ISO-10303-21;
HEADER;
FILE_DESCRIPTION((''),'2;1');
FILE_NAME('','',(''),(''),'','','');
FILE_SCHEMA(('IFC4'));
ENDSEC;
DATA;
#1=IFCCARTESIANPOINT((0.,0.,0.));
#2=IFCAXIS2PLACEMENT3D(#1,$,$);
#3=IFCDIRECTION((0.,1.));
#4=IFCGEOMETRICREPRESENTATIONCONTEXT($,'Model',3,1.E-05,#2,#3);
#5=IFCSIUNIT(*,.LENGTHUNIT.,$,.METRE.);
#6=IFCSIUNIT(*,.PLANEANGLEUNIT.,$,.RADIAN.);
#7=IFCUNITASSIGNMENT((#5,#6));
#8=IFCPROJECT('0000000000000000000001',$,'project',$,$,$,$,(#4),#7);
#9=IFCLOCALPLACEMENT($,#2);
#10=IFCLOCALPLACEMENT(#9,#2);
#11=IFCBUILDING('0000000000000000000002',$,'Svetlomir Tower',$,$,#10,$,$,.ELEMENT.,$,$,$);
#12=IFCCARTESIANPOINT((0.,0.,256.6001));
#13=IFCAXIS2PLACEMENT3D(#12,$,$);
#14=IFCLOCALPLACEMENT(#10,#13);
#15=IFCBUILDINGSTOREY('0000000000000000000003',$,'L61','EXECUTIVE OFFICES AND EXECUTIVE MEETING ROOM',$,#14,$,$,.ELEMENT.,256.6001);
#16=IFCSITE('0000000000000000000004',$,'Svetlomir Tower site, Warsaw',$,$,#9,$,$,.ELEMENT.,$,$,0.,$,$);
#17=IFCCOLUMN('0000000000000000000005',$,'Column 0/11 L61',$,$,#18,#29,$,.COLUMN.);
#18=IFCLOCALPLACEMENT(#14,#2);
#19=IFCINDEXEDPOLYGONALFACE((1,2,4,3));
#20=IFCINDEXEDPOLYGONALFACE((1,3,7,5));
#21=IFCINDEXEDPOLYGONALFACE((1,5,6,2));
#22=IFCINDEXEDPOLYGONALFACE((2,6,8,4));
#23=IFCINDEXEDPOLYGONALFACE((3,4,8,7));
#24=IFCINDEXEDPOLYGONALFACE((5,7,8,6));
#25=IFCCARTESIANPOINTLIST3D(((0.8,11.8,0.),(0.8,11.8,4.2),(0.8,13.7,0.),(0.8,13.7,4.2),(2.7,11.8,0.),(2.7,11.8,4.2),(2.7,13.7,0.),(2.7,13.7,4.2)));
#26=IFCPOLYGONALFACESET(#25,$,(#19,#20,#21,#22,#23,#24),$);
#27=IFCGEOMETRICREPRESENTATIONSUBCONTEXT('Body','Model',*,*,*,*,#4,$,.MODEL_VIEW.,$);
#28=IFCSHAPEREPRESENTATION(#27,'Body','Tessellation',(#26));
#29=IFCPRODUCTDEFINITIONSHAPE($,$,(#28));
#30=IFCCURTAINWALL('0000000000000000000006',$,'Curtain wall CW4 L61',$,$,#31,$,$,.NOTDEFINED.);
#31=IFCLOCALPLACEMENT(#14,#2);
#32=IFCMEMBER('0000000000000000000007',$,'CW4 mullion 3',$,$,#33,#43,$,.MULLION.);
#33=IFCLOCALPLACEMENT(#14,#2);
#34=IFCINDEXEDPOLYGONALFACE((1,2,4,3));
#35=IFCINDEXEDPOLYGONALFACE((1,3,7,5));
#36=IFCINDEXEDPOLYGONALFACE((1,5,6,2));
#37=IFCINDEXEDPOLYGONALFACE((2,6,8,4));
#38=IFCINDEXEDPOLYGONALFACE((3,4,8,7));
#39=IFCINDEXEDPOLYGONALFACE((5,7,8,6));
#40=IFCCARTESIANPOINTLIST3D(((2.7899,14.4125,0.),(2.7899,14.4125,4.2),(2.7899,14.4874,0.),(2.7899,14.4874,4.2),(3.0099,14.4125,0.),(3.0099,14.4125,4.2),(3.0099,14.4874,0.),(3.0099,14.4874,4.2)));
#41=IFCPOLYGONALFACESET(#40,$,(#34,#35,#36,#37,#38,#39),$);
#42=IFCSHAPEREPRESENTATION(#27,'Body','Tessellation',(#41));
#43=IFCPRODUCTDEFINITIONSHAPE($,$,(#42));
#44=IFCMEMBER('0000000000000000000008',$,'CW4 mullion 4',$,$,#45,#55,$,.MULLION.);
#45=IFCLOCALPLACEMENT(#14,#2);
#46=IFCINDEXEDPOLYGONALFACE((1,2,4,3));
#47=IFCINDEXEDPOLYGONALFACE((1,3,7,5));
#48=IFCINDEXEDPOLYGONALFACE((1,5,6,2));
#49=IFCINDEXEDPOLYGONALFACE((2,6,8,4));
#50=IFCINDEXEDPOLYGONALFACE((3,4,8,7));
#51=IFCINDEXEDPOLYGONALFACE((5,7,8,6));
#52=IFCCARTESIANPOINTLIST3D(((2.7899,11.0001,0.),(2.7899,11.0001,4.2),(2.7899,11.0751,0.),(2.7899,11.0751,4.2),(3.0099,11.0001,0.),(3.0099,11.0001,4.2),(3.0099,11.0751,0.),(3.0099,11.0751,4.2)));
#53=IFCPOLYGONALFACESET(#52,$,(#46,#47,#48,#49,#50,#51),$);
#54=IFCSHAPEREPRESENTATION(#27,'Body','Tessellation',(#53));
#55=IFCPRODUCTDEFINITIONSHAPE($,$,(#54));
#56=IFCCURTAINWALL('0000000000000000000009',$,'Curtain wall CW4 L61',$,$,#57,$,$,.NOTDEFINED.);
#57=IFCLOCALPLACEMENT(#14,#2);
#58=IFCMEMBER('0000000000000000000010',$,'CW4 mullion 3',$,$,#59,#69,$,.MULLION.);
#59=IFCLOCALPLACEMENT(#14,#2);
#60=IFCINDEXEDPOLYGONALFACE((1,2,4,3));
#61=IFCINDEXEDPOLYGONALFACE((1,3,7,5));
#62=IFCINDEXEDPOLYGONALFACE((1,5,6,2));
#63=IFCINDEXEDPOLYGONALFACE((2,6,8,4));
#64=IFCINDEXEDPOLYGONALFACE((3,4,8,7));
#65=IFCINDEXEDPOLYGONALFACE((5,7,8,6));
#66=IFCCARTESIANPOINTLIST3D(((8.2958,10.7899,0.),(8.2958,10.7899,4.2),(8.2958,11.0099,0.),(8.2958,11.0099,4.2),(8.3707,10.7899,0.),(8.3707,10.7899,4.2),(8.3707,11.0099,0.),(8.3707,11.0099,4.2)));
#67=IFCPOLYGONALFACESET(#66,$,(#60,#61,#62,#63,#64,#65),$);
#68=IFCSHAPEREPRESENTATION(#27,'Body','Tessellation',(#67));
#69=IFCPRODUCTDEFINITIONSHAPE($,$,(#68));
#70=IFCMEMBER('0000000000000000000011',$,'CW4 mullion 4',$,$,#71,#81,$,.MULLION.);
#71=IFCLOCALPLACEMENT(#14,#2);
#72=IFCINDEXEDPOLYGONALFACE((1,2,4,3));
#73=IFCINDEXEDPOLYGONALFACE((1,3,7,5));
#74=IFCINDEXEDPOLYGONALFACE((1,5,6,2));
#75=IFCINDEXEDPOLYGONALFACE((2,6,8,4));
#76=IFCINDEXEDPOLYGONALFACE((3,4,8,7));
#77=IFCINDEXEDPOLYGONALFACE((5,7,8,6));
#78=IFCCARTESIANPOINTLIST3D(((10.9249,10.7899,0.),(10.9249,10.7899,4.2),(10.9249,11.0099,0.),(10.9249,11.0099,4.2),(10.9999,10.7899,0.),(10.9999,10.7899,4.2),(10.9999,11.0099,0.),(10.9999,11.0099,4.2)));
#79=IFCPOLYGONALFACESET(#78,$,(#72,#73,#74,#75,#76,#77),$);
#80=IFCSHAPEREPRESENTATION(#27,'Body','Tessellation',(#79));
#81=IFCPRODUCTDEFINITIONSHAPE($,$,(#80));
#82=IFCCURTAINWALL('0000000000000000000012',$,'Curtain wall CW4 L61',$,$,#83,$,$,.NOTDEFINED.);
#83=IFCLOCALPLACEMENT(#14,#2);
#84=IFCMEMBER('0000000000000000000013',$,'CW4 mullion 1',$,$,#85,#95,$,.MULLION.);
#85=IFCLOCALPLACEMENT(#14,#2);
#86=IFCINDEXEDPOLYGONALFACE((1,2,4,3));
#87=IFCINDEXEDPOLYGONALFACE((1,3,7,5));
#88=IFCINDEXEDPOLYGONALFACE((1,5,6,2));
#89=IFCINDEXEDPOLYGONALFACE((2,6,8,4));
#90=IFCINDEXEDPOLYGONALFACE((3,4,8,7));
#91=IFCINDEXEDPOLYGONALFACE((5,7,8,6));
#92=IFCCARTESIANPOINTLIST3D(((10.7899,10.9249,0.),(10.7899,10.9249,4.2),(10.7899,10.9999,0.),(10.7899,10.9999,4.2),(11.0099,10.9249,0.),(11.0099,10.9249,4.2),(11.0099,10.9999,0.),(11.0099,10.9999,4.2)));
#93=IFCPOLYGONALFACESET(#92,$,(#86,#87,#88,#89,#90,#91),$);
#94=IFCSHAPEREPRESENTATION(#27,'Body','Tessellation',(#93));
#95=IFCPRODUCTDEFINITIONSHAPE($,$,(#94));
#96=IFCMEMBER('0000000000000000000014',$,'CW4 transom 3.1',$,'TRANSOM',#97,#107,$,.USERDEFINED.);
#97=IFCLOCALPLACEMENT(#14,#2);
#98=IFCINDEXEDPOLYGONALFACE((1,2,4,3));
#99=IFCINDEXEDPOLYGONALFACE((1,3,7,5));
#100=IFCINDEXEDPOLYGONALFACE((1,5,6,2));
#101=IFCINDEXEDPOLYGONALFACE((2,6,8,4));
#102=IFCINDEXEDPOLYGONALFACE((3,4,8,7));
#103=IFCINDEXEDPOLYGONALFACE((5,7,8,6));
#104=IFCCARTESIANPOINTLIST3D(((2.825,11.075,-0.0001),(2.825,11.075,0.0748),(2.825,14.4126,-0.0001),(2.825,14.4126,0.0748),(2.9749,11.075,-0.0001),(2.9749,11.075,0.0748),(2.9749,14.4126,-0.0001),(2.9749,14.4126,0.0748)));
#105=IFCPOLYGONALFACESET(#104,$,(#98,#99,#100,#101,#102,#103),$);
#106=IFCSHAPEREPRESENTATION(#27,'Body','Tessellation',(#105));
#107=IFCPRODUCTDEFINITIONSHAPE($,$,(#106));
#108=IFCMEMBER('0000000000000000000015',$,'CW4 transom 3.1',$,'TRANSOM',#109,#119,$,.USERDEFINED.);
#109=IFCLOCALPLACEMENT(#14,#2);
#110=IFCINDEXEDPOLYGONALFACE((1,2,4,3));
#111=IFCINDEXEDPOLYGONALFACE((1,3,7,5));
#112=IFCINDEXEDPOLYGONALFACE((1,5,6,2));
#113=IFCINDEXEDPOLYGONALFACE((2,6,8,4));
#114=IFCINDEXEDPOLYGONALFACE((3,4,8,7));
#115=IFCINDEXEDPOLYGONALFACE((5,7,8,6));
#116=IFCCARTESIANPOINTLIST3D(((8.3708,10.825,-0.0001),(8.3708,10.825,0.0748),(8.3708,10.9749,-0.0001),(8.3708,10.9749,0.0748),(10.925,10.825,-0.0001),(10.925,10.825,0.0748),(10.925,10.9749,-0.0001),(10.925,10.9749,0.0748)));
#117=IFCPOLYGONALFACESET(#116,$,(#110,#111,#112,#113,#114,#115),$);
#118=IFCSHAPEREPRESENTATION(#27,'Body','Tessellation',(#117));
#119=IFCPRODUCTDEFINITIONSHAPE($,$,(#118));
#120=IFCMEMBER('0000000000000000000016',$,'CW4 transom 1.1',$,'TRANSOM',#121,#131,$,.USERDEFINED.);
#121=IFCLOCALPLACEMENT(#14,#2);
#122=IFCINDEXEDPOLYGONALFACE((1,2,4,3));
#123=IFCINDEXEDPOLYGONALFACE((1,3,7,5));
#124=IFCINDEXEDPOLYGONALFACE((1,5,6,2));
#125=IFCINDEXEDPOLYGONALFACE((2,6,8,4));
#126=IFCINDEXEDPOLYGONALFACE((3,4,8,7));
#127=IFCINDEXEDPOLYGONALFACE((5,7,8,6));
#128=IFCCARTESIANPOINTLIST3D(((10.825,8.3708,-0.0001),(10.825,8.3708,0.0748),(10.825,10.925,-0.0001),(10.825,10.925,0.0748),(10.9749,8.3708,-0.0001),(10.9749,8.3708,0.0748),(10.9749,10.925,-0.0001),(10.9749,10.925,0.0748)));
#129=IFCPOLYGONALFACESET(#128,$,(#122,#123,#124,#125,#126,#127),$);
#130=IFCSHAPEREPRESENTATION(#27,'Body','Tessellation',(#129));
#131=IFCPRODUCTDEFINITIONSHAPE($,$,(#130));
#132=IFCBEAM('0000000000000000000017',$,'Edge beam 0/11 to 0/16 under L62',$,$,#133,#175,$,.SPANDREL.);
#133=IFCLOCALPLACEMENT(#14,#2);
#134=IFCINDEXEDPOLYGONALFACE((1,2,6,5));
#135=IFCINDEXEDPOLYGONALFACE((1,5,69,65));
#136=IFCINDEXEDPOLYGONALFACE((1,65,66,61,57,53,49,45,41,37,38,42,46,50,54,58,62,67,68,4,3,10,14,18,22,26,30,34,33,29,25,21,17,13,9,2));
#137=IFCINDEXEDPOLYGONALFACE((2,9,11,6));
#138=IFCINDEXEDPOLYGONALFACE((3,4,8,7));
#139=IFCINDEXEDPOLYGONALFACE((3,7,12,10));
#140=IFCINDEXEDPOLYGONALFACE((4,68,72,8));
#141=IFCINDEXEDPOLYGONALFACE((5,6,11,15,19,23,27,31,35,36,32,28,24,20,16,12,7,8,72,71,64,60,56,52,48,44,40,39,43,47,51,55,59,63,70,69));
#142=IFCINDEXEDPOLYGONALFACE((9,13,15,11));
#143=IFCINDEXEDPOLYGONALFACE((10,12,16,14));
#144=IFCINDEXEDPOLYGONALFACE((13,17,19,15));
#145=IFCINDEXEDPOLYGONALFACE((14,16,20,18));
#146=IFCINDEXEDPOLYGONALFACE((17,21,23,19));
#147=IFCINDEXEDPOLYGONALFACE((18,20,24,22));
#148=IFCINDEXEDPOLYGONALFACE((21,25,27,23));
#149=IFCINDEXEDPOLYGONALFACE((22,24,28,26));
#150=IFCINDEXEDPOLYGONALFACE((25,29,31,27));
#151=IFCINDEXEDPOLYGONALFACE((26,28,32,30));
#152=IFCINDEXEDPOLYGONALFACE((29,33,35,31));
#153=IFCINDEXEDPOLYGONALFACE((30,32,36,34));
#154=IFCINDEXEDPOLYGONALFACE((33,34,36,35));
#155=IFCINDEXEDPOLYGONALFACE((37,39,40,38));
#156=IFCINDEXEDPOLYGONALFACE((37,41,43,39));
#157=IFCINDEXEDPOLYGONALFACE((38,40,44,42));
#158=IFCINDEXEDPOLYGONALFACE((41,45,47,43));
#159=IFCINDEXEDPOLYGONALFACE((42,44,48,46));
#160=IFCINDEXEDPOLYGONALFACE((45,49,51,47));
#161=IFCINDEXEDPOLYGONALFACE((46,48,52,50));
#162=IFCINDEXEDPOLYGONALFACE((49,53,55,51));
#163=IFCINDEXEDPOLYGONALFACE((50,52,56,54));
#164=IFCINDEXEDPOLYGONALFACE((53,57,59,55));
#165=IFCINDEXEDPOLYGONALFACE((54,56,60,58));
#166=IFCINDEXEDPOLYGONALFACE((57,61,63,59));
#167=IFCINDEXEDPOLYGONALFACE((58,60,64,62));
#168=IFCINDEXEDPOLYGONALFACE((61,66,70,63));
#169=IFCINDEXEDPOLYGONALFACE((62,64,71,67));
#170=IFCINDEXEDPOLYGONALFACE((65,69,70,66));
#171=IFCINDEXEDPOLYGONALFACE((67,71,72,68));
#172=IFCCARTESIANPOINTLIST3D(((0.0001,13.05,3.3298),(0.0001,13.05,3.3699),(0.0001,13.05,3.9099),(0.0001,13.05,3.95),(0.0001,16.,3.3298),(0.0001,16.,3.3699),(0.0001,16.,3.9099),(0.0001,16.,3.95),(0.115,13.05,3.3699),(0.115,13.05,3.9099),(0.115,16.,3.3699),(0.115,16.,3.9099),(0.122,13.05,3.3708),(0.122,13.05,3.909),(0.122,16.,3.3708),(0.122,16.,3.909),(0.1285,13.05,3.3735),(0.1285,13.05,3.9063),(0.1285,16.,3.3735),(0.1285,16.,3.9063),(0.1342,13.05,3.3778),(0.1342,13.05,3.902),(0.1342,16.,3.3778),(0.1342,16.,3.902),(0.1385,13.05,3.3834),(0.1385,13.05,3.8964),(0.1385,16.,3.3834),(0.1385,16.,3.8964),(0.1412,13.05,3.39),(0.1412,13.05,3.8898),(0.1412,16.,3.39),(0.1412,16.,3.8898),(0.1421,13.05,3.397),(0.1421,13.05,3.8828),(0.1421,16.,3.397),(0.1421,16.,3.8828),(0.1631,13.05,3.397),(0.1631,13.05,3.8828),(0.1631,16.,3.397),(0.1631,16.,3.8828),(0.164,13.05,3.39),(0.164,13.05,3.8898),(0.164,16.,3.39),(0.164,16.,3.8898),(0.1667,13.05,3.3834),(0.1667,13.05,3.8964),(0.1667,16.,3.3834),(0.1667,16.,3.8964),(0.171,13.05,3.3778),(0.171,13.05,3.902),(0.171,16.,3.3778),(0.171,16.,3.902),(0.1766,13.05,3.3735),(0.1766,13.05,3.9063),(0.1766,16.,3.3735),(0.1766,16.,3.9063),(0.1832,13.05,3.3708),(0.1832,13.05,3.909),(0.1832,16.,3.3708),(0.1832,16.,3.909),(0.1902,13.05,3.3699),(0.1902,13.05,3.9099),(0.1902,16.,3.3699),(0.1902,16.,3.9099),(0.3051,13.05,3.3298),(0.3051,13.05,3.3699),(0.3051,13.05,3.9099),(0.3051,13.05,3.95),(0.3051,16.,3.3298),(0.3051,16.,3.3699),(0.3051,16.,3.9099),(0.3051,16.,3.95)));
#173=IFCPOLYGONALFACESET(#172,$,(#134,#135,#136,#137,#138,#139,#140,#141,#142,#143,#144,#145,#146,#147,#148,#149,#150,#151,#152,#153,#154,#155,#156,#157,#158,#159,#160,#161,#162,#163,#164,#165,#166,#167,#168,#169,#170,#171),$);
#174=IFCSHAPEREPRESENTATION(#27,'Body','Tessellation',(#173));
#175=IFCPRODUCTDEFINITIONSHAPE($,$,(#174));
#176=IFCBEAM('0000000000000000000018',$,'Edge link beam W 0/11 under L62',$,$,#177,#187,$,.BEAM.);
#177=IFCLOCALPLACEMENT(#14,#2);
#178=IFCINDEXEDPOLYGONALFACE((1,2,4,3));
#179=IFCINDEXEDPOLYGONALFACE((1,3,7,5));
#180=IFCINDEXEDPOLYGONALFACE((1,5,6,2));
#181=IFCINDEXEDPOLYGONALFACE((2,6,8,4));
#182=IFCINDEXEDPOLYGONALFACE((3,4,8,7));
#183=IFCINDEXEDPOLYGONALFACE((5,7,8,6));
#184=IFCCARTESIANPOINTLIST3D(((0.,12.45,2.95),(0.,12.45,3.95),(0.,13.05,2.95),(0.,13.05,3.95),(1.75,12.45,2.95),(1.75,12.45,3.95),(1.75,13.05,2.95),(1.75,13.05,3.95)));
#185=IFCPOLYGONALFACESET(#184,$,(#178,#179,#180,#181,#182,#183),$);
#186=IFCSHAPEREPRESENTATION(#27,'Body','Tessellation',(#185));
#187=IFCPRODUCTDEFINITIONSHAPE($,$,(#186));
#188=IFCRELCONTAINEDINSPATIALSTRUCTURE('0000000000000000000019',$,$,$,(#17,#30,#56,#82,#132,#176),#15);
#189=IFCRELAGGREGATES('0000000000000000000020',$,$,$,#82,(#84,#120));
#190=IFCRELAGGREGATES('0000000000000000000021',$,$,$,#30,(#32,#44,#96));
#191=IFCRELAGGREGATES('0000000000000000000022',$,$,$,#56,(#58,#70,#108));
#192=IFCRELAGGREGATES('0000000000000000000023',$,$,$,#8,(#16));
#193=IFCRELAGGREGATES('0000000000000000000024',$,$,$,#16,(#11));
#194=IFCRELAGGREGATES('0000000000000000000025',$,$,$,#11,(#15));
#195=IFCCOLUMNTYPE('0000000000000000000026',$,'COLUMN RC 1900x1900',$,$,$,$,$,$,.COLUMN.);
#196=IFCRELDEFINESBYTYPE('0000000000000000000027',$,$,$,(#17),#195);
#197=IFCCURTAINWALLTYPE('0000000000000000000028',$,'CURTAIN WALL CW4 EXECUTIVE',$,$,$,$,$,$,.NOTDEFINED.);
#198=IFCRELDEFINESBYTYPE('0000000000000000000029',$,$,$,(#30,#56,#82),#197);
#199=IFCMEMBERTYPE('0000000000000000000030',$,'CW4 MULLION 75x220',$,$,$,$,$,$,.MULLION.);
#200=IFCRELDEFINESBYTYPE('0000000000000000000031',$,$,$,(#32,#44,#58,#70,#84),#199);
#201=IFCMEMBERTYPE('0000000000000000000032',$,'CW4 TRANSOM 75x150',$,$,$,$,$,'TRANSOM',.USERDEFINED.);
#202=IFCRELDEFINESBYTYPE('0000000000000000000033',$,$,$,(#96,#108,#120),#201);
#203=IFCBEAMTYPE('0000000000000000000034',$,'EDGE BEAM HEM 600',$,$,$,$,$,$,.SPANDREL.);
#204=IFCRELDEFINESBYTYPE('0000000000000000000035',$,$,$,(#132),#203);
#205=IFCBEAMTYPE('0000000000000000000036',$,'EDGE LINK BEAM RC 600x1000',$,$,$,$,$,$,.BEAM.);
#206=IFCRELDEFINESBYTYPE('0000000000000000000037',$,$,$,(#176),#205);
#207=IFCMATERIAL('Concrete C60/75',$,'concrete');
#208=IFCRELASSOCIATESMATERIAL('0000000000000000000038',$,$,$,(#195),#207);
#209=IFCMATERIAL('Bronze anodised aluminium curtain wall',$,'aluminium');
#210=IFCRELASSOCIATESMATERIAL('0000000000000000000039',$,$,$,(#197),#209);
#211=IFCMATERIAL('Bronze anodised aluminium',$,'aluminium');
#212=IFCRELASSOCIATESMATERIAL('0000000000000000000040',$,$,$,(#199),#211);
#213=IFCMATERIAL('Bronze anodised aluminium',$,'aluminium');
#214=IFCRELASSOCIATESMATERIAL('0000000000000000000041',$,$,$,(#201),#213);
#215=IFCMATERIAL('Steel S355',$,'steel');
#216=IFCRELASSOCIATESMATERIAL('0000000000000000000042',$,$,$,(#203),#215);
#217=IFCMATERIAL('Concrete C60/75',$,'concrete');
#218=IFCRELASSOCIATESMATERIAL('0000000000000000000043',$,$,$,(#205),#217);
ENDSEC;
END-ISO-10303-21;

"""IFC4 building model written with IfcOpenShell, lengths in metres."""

from ifc_helpers import new_model, si_unit, direction, frame, origin, origin_2d, place, context, subcontext, project, spatial, rectangle, i_section, extrude, material, material_profile, profile_set, type_object, element, aggregate, save


model = new_model("IFC4")

# Units and contexts
model_context = context("Model", 3, precision=1e-05, world=origin(), true_north=direction((0.0, 1.0)))
body_context = subcontext(model_context, "Body", "Model", "MODEL_VIEW")
ifc_project = project(units=[si_unit("LENGTHUNIT", "METRE"), si_unit("PLANEANGLEUNIT", "RADIAN")], contexts=[model_context])

# Site, building, storey
site_placement = place(None, origin())
site = spatial("IfcSite", under=ifc_project, at=site_placement, Name="Svetlomir Tower site, Warsaw", CompositionType="ELEMENT", RefElevation=0.0)
building_placement = place(site_placement, origin())
building = spatial("IfcBuilding", under=site, at=building_placement, Name="Svetlomir Tower", CompositionType="ELEMENT")
storey_placement = place(building_placement, frame((0.0, 0.0, 256.6001)))
storey = spatial("IfcBuildingStorey", under=building, at=storey_placement, Name="L61", Description="EXECUTIVE OFFICES AND EXECUTIVE MEETING ROOM", CompositionType="ELEMENT", Elevation=256.6001)

# Column
ifc_material_1 = material(Name="Concrete C60/75", Category="concrete")
ifc_material_profile_1 = material_profile(ifc_material_1, rectangle(XDim=1.8999, YDim=1.8999, at=origin_2d()), Name="RC 1900x1900")
ifc_profile_set_1 = profile_set([ifc_material_profile_1], Name="Concrete C60/75")
column_type = type_object("IfcColumnType", Name="COLUMN RC 1900x1900", PredefinedType="COLUMN", material=ifc_profile_set_1)
column_placement = place(storey_placement, frame((1.75, 12.75, 0.0), z_axis=(0.0, 0.0, 1.0), x_axis=(1.0, 0.0, 0.0)))
element("IfcColumn", 1, at=column_placement, inside=storey, type_object=column_type, Name="Column 0/11 L61", PredefinedType="COLUMN", context=body_context, shape_type="SweptSolid", body=[
    extrude(rectangle(XDim=1.8999, YDim=1.8999, at=origin_2d()), origin(), (0.0, 0.0, 1.0), 4.2),
])

# Curtain walls, members
ifc_material_2 = material(Name="Bronze anodised aluminium curtain wall", Category="aluminium")
curtain_wall_type = type_object("IfcCurtainWallType", Name="CURTAIN WALL CW4 EXECUTIVE", PredefinedType="NOTDEFINED", material=ifc_material_2)
curtain_wall_1_placement = place(storey_placement, origin())
curtain_wall_1 = element("IfcCurtainWall", 2, at=curtain_wall_1_placement, inside=storey, type_object=curtain_wall_type, Name="Curtain wall CW4 L61", PredefinedType="NOTDEFINED")
ifc_material_3 = material(Name="Bronze anodised aluminium", Category="aluminium")
ifc_material_profile_2 = material_profile(ifc_material_3, rectangle(XDim=0.075, YDim=0.22, at=origin_2d()), Name="AL 75x220")
ifc_profile_set_2 = profile_set([ifc_material_profile_2], Name="Bronze anodised aluminium 6063-T6")
member_type_1 = type_object("IfcMemberType", Name="CW4 MULLION 75x220", PredefinedType="MULLION", material=ifc_profile_set_2)
member_1_placement = place(storey_placement, frame((2.8999, 14.45, 0.0), z_axis=(0.0, 0.0, 1.0), x_axis=(0.0, -1.0, 0.0)))
member_1 = element("IfcMember", 3, at=member_1_placement, type_object=member_type_1, Name="CW4 mullion 3", PredefinedType="MULLION", context=body_context, shape_type="SweptSolid", body=[
    extrude(rectangle(XDim=0.075, YDim=0.22, at=origin_2d()), origin(), (0.0, 0.0, 1.0), 4.2),
])
member_2_placement = place(storey_placement, frame((2.8999, 11.0376, 0.0), z_axis=(0.0, 0.0, 1.0), x_axis=(0.0, -1.0, 0.0)))
member_2 = element("IfcMember", 4, at=member_2_placement, type_object=member_type_1, Name="CW4 mullion 4", PredefinedType="MULLION", context=body_context, shape_type="SweptSolid", body=[
    extrude(rectangle(XDim=0.075, YDim=0.22, at=origin_2d()), origin(), (0.0, 0.0, 1.0), 4.2),
])
curtain_wall_2_placement = place(storey_placement, origin())
curtain_wall_2 = element("IfcCurtainWall", 5, at=curtain_wall_2_placement, inside=storey, type_object=curtain_wall_type, Name="Curtain wall CW4 L61", PredefinedType="NOTDEFINED")
member_3_placement = place(storey_placement, frame((8.3333, 10.8999, 0.0), z_axis=(0.0, 0.0, 1.0), x_axis=(1.0, 0.0, 0.0)))
member_3 = element("IfcMember", 6, at=member_3_placement, type_object=member_type_1, Name="CW4 mullion 3", PredefinedType="MULLION", context=body_context, shape_type="SweptSolid", body=[
    extrude(rectangle(XDim=0.075, YDim=0.22, at=origin_2d()), origin(), (0.0, 0.0, 1.0), 4.2),
])
member_4_placement = place(storey_placement, frame((10.9624, 10.8999, 0.0), z_axis=(0.0, 0.0, 1.0), x_axis=(1.0, 0.0, 0.0)))
member_4 = element("IfcMember", 7, at=member_4_placement, type_object=member_type_1, Name="CW4 mullion 4", PredefinedType="MULLION", context=body_context, shape_type="SweptSolid", body=[
    extrude(rectangle(XDim=0.075, YDim=0.22, at=origin_2d()), origin(), (0.0, 0.0, 1.0), 4.2),
])

# Curtain wall, member
curtain_wall_3_placement = place(storey_placement, origin())
curtain_wall_3 = element("IfcCurtainWall", 8, at=curtain_wall_3_placement, inside=storey, type_object=curtain_wall_type, Name="Curtain wall CW4 L61", PredefinedType="NOTDEFINED")
member_5_placement = place(storey_placement, frame((10.8999, 10.9624, 0.0), z_axis=(0.0, 0.0, 1.0), x_axis=(0.0, -1.0, 0.0)))
member_5 = element("IfcMember", 9, at=member_5_placement, type_object=member_type_1, Name="CW4 mullion 1", PredefinedType="MULLION", context=body_context, shape_type="SweptSolid", body=[
    extrude(rectangle(XDim=0.075, YDim=0.22, at=origin_2d()), origin(), (0.0, 0.0, 1.0), 4.2),
])

# Members
ifc_material_4 = material(Name="Bronze anodised aluminium", Category="aluminium")
ifc_material_profile_3 = material_profile(ifc_material_4, rectangle(XDim=0.1499, YDim=0.075, at=origin_2d()), Name="AL 150x75")
ifc_profile_set_3 = profile_set([ifc_material_profile_3], Name="Bronze anodised aluminium 6063-T6")
member_type_2 = type_object("IfcMemberType", Name="CW4 TRANSOM 75x150", ElementType="TRANSOM", PredefinedType="USERDEFINED", material=ifc_profile_set_3)
member_6_placement = place(storey_placement, frame((2.8999, 14.4126, 0.0374), z_axis=(0.0, -1.0, 0.0), x_axis=(1.0, 0.0, 0.0)))
member_6 = element("IfcMember", 10, at=member_6_placement, type_object=member_type_2, Name="CW4 transom 3.1", ObjectType="TRANSOM", PredefinedType="USERDEFINED", context=body_context, shape_type="SweptSolid", body=[
    extrude(rectangle(XDim=0.1499, YDim=0.075, at=origin_2d()), origin(), (0.0, 0.0, 1.0), 3.3376),
])
member_7_placement = place(storey_placement, frame((8.3708, 10.8999, 0.0374), z_axis=(1.0, 0.0, 0.0), x_axis=(0.0, 1.0, 0.0)))
member_7 = element("IfcMember", 11, at=member_7_placement, type_object=member_type_2, Name="CW4 transom 3.1", ObjectType="TRANSOM", PredefinedType="USERDEFINED", context=body_context, shape_type="SweptSolid", body=[
    extrude(rectangle(XDim=0.1499, YDim=0.075, at=origin_2d()), origin(), (0.0, 0.0, 1.0), 2.5542),
])
member_8_placement = place(storey_placement, frame((10.8999, 10.925, 0.0374), z_axis=(0.0, -1.0, 0.0), x_axis=(1.0, 0.0, 0.0)))
member_8 = element("IfcMember", 12, at=member_8_placement, type_object=member_type_2, Name="CW4 transom 1.1", ObjectType="TRANSOM", PredefinedType="USERDEFINED", context=body_context, shape_type="SweptSolid", body=[
    extrude(rectangle(XDim=0.1499, YDim=0.075, at=origin_2d()), origin(), (0.0, 0.0, 1.0), 2.5542),
])
aggregate(curtain_wall_3, [member_5, member_8])

# Beams
ifc_material_5 = material(Name="Steel S355", Category="steel")
ifc_material_profile_4 = material_profile(ifc_material_5, i_section(OverallWidth=0.3049, OverallDepth=0.6201, WebThickness=0.021, FlangeThickness=0.04, FilletRadius=0.0271, at=origin_2d()), Name="HEM 600")
ifc_profile_set_4 = profile_set([ifc_material_profile_4], Name="Steel S355")
beam_type_1 = type_object("IfcBeamType", Name="EDGE BEAM HEM 600", PredefinedType="SPANDREL", material=ifc_profile_set_4)
beam_1_placement = place(storey_placement, frame((0.1526, 13.05, 3.6399), z_axis=(0.0, 1.0, 0.0), x_axis=(-1.0, 0.0, 0.0)))
element("IfcBeam", 13, at=beam_1_placement, inside=storey, type_object=beam_type_1, Name="Edge beam 0/11 to 0/16 under L62", PredefinedType="SPANDREL", context=body_context, shape_type="SweptSolid", body=[
    extrude(i_section(OverallWidth=0.3049, OverallDepth=0.6201, WebThickness=0.021, FlangeThickness=0.04, FilletRadius=0.0271, at=origin_2d()), origin(), (0.0, 0.0, 1.0), 2.95),
])
ifc_material_6 = material(Name="Concrete C60/75", Category="concrete")
ifc_material_profile_5 = material_profile(ifc_material_6, rectangle(XDim=0.6001, YDim=1.0, at=origin_2d()), Name="RC 600x1000")
ifc_profile_set_5 = profile_set([ifc_material_profile_5], Name="Concrete C60/75")
beam_type_2 = type_object("IfcBeamType", Name="EDGE LINK BEAM RC 600x1000", PredefinedType="BEAM", material=ifc_profile_set_5)
beam_2_placement = place(storey_placement, frame((1.75, 12.75, 3.45), z_axis=(-1.0, 0.0, 0.0), x_axis=(0.0, -1.0, 0.0)))
element("IfcBeam", 14, at=beam_2_placement, inside=storey, type_object=beam_type_2, Name="Edge link beam W 0/11 under L62", PredefinedType="BEAM", context=body_context, shape_type="SweptSolid", body=[
    extrude(rectangle(XDim=0.6001, YDim=1.0, at=origin_2d()), origin(), (0.0, 0.0, 1.0), 1.75),
])

aggregate(curtain_wall_1, [member_1, member_2, member_6])
aggregate(curtain_wall_2, [member_3, member_4, member_7])

save(model, "model.ifc")
